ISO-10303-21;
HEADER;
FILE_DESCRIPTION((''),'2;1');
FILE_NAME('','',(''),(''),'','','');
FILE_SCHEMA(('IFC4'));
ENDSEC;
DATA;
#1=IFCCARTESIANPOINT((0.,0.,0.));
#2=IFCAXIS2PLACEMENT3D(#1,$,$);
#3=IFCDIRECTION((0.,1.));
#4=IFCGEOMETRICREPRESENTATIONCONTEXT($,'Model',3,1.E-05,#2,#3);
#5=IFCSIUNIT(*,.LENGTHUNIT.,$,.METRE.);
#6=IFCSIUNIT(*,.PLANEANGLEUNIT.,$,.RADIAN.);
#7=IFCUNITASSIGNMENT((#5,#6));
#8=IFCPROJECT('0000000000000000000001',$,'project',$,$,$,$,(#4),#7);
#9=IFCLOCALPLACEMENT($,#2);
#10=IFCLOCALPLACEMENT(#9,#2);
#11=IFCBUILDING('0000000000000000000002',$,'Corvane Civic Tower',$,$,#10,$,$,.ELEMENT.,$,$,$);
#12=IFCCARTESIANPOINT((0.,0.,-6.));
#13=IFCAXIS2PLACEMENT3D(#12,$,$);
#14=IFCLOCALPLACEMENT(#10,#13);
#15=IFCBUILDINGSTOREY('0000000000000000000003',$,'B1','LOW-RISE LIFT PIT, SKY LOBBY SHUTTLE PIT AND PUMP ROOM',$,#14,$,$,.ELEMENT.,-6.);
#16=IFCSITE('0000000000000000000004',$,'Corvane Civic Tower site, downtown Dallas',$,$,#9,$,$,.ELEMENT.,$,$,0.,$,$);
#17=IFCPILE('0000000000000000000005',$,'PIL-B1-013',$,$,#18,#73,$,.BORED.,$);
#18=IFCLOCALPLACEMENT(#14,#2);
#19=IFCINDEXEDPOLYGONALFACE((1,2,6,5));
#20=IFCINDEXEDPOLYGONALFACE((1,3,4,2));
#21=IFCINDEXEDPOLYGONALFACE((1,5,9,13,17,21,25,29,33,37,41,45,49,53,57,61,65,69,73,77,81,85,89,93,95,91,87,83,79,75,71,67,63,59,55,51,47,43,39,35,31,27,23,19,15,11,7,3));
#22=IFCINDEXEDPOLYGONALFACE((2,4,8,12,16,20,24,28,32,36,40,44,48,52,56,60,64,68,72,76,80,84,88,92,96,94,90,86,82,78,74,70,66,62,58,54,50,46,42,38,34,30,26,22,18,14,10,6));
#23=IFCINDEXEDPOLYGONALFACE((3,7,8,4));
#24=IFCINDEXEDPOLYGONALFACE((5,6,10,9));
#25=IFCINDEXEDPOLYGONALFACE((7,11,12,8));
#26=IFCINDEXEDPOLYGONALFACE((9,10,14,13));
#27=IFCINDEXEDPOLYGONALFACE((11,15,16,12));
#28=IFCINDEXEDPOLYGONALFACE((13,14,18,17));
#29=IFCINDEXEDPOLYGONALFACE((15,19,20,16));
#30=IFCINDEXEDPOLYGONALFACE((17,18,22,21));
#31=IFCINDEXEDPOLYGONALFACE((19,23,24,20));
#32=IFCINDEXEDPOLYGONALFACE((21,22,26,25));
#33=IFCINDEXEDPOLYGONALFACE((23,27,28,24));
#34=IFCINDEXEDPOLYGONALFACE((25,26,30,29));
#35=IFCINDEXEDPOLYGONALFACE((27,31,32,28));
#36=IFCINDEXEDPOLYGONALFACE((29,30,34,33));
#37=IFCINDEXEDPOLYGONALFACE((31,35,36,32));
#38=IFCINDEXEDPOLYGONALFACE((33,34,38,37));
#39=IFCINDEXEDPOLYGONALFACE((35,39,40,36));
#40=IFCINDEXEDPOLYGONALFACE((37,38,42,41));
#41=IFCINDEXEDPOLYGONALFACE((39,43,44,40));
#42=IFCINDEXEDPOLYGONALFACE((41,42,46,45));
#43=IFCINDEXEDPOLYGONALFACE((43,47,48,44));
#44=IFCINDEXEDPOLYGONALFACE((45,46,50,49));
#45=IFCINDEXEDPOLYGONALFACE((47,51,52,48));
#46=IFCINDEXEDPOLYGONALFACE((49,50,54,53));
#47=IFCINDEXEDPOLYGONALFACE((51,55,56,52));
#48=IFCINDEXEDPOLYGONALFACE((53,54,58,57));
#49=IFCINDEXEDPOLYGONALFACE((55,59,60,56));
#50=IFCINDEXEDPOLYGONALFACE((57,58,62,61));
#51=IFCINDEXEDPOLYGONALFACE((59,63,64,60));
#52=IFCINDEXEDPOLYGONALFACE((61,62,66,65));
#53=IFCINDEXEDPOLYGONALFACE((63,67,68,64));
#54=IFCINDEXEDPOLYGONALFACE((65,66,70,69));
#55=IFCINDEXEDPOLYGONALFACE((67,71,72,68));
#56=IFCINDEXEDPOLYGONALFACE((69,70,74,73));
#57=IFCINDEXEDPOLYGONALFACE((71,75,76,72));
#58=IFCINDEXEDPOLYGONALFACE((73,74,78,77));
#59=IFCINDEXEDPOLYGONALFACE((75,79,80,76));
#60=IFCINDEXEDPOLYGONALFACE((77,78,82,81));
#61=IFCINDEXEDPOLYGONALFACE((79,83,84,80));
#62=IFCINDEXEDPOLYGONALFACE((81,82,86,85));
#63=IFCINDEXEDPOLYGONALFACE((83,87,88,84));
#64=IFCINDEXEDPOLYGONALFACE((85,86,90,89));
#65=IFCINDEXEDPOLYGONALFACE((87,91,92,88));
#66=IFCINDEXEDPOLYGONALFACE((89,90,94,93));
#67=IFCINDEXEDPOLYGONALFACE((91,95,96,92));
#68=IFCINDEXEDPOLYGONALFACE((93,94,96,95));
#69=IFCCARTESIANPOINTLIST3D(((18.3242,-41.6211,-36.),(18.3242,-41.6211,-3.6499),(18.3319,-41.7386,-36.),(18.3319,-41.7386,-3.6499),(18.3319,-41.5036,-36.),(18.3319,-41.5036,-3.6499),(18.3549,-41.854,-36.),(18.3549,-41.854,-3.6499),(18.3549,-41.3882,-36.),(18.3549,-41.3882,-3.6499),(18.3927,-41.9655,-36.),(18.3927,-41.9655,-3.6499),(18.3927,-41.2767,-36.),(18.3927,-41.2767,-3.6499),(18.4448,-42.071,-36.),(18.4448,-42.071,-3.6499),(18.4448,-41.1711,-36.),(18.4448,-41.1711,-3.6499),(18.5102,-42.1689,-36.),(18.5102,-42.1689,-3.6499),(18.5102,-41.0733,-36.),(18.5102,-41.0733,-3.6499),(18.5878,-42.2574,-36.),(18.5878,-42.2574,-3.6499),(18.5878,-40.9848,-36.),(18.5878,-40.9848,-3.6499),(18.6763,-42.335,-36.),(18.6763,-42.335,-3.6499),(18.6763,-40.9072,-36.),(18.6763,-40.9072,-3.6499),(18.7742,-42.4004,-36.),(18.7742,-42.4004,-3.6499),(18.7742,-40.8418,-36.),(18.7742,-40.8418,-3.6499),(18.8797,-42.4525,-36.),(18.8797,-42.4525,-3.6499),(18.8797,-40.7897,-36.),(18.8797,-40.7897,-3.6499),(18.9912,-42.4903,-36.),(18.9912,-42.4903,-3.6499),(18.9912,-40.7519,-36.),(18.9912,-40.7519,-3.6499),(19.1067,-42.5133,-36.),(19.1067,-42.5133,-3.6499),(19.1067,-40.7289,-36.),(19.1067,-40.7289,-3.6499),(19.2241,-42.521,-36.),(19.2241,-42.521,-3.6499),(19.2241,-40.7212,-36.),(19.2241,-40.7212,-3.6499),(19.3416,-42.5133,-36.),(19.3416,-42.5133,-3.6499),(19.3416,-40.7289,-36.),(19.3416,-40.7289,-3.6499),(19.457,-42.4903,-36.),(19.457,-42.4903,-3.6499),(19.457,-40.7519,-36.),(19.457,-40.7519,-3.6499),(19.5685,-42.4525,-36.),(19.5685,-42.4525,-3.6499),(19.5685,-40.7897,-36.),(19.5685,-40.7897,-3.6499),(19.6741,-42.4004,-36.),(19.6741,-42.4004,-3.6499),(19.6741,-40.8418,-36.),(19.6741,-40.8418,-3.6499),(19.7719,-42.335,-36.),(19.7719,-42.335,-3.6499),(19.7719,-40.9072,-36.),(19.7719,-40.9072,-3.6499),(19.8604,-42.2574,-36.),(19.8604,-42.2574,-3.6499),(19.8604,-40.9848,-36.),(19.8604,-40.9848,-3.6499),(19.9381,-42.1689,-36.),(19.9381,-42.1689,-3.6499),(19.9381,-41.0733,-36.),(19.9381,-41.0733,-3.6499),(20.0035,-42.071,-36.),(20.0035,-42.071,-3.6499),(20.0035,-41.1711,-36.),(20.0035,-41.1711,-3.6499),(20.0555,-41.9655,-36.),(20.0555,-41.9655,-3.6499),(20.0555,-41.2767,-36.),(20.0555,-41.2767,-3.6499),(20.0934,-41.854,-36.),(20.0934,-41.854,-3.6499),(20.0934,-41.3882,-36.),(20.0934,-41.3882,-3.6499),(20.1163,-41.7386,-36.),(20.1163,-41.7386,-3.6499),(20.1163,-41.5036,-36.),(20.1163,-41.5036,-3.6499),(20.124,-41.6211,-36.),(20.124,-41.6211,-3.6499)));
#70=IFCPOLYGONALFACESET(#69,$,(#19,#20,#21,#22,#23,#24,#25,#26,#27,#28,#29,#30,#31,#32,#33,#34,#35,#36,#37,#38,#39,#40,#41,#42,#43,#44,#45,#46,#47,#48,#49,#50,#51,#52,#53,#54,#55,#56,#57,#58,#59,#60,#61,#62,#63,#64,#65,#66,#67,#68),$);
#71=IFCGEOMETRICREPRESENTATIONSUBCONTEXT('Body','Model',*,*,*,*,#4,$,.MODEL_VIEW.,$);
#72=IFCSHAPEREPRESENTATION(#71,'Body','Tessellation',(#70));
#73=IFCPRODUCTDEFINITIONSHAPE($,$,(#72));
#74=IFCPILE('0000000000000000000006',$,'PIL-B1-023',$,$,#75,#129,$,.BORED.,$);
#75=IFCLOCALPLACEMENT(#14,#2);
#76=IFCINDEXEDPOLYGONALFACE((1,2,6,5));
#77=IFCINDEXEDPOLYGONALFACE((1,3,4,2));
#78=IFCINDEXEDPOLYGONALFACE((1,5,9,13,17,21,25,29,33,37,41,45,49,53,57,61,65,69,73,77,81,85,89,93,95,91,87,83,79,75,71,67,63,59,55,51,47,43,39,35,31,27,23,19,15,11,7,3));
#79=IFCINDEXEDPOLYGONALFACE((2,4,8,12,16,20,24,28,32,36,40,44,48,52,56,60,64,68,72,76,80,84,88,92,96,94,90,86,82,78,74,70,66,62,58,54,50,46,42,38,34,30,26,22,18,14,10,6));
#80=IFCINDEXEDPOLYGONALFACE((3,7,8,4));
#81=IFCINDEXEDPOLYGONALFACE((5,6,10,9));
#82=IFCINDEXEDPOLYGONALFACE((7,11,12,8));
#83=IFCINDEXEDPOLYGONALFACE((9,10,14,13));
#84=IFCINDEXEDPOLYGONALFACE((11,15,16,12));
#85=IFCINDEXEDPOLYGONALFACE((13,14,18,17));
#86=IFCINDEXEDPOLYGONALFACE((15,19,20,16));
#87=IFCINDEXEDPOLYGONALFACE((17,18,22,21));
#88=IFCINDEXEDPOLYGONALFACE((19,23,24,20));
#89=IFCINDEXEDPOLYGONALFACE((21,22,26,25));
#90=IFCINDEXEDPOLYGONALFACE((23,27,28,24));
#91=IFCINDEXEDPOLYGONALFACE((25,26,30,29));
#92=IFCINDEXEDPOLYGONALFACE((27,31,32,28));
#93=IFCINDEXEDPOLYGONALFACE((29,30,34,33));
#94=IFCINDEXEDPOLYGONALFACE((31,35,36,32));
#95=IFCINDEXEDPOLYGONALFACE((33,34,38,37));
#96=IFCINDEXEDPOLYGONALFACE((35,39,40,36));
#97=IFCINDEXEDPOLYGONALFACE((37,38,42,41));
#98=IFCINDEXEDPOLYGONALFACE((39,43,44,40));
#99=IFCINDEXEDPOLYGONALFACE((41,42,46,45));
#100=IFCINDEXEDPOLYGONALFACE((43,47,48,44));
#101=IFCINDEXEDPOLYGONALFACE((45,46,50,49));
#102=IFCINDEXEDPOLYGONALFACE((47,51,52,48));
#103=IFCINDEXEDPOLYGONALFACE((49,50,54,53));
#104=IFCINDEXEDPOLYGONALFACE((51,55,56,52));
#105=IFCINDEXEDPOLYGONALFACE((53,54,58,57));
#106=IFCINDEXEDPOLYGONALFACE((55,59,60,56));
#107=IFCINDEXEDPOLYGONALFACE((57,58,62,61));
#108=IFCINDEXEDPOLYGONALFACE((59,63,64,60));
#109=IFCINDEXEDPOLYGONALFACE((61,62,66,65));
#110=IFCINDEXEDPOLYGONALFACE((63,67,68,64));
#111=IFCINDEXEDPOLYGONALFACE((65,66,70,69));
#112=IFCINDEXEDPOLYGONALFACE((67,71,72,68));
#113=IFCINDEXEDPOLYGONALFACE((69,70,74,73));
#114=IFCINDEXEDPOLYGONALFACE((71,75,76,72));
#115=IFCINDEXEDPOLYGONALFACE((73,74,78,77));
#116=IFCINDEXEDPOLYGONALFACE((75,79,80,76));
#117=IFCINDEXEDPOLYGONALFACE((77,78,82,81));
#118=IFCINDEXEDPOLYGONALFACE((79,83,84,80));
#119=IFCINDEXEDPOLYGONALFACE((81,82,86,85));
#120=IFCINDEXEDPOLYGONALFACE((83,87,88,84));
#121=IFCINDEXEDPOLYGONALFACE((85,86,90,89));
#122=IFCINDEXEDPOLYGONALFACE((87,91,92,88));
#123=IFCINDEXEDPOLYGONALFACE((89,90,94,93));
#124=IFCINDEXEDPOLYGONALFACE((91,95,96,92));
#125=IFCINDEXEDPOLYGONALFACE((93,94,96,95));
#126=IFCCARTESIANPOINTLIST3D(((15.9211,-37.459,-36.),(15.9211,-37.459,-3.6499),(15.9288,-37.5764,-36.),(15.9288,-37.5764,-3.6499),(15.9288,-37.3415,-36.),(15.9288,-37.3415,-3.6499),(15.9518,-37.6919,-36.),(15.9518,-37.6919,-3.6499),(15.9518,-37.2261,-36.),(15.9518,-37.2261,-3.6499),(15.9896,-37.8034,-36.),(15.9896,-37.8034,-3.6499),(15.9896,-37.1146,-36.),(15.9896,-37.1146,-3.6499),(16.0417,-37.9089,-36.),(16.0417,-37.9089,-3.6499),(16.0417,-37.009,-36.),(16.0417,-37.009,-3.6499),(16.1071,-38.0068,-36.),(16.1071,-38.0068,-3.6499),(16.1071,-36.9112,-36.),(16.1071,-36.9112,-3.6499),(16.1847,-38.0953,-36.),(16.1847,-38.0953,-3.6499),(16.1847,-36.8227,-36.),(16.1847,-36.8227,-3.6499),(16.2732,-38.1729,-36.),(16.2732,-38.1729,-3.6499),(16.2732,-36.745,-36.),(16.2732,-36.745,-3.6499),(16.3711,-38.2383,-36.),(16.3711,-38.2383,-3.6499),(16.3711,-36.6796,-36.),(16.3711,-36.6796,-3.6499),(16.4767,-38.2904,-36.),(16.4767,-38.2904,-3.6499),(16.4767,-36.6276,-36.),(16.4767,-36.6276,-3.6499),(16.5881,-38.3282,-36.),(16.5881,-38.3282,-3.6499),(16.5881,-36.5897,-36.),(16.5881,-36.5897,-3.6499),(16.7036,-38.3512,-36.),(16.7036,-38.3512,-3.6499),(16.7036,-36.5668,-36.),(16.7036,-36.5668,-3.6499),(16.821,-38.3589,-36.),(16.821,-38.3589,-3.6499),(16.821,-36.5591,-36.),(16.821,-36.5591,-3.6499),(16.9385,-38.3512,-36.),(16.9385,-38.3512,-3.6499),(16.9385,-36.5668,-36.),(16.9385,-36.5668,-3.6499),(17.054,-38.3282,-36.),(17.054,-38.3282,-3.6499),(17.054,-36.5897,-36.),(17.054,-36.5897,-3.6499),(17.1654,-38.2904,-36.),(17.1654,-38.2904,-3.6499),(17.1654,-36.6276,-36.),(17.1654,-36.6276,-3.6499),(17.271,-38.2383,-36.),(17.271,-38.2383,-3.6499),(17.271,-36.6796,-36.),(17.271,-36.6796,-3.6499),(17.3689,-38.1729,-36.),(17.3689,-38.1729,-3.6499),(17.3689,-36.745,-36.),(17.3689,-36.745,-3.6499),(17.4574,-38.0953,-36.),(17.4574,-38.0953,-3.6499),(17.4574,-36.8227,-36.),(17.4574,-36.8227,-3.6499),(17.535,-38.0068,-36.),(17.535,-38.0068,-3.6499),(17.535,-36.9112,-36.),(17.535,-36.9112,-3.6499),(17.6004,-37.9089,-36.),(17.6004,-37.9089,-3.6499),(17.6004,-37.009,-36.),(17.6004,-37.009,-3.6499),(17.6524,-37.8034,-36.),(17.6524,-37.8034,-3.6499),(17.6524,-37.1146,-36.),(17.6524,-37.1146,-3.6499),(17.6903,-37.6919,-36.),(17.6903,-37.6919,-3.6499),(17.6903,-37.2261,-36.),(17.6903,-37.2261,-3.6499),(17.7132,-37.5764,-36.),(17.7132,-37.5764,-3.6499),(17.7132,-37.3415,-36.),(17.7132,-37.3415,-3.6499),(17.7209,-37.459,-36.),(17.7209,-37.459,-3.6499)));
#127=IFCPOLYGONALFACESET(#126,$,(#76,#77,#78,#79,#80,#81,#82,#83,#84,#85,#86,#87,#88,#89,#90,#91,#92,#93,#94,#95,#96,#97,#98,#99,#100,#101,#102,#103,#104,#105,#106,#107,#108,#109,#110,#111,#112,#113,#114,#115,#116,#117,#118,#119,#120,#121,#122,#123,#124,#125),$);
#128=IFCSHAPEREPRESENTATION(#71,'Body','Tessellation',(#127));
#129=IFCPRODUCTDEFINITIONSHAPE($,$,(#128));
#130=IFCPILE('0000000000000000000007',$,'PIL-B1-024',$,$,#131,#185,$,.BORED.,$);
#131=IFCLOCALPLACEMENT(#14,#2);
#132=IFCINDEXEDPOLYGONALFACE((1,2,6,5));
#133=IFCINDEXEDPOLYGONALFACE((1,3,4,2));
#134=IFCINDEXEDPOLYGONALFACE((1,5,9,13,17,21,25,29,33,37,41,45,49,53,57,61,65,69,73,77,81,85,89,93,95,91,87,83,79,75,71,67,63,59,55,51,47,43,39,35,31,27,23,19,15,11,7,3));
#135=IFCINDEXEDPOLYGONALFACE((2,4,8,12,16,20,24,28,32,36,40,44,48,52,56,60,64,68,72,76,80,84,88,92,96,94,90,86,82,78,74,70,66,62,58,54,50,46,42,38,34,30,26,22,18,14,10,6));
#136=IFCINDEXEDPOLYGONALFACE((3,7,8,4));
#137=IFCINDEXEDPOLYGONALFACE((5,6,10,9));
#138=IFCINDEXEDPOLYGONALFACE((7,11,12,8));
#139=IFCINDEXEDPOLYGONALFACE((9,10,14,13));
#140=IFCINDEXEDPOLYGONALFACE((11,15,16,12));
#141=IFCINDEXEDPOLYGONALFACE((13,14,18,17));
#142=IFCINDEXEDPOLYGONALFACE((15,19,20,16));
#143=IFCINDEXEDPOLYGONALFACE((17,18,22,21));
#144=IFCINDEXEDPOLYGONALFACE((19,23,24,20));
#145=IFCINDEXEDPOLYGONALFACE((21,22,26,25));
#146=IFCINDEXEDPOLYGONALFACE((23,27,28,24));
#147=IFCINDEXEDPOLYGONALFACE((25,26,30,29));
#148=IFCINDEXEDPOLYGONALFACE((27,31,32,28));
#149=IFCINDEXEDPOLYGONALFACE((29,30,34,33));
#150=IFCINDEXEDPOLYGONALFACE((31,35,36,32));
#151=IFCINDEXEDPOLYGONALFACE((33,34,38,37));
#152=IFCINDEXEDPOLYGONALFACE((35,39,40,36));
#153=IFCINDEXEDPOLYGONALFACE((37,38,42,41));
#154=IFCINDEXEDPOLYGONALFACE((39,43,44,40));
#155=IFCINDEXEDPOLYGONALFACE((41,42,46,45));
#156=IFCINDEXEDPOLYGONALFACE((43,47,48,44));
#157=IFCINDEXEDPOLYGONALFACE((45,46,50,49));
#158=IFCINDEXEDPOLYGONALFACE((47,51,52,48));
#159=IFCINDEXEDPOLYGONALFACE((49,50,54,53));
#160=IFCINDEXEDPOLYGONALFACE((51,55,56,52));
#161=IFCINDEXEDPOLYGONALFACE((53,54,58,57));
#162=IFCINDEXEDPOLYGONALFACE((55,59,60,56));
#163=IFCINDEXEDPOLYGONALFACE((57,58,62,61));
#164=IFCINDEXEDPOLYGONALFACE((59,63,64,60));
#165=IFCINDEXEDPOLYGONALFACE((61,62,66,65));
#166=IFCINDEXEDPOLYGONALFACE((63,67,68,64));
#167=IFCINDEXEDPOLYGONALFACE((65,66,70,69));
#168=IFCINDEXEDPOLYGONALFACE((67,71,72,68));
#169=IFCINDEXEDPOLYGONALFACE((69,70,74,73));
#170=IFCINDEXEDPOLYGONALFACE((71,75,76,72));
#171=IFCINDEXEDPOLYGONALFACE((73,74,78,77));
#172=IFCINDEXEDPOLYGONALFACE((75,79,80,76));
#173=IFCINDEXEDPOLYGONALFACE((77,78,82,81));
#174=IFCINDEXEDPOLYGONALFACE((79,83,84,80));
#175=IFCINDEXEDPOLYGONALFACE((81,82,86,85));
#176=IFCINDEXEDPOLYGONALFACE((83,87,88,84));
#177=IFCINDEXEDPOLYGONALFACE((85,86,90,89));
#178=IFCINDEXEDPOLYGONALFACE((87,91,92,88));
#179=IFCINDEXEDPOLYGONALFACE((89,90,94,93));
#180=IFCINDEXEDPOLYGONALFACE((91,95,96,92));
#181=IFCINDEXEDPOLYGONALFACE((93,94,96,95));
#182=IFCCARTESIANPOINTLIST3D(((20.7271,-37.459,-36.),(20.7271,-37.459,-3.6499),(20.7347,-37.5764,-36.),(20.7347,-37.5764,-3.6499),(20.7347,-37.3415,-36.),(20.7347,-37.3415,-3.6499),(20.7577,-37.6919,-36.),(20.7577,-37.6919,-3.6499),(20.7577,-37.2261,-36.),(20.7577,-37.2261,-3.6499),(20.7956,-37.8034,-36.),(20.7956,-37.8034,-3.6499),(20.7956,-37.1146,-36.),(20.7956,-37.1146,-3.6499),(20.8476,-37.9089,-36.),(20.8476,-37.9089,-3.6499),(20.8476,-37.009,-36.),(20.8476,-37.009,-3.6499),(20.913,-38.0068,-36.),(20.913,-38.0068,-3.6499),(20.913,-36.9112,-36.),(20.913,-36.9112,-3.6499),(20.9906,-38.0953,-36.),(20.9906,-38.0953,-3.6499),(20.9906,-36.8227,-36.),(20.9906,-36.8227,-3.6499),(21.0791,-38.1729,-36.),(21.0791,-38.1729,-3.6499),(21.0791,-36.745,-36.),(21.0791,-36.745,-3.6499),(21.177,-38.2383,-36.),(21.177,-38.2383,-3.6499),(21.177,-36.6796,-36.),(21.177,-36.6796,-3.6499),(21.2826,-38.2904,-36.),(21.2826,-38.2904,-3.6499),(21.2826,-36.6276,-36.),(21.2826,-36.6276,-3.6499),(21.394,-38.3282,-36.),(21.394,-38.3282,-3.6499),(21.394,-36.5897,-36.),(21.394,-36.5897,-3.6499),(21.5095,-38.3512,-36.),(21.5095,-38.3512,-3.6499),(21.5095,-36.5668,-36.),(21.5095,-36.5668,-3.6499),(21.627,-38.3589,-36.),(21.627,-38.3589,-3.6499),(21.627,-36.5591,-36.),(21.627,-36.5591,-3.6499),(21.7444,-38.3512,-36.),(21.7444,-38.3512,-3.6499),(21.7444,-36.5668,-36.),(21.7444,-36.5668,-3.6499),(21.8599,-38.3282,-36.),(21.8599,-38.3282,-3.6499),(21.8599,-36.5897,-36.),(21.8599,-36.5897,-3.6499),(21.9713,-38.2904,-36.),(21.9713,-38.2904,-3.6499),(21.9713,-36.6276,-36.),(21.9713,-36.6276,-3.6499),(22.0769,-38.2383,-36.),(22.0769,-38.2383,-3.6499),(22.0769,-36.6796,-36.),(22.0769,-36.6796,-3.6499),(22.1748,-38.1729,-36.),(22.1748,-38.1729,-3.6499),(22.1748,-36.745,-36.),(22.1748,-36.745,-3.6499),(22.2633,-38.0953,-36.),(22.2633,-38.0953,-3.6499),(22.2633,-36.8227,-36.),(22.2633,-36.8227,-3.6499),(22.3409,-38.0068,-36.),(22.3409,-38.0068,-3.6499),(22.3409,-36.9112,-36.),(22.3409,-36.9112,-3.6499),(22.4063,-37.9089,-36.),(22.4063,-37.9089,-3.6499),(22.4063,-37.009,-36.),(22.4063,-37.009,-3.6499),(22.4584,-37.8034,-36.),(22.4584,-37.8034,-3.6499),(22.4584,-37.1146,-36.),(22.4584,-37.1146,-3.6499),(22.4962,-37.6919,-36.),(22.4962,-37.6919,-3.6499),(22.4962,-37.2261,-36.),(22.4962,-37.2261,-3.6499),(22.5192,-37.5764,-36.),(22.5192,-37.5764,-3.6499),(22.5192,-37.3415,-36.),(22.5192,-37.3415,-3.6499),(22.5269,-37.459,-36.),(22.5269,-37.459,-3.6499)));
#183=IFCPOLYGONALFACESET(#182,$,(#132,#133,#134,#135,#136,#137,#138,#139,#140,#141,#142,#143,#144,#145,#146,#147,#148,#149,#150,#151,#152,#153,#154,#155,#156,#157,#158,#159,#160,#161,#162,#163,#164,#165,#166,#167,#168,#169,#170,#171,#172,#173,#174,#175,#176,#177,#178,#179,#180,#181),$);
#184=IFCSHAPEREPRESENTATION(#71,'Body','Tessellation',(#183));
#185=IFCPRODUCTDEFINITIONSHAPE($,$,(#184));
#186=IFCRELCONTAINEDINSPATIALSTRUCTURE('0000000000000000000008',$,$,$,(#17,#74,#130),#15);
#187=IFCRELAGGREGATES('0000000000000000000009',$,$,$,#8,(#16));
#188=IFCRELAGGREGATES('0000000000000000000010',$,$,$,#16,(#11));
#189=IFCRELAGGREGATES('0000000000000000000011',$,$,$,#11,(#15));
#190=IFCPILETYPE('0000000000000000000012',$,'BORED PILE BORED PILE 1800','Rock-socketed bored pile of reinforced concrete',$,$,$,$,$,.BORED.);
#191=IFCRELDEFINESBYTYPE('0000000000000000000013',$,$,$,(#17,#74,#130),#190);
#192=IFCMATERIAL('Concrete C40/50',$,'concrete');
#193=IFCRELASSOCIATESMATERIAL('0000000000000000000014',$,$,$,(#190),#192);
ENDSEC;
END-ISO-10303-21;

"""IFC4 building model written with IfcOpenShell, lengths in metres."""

from ifc_helpers import new_model, si_unit, direction, frame, origin, origin_2d, place, context, subcontext, project, spatial, circle, extrude, material, material_profile, profile_set, type_object, element, save


model = new_model("IFC4")

# Units and contexts
model_context = context("Model", 3, precision=1e-05, world=origin(), true_north=direction((0.0, 1.0)))
body_context = subcontext(model_context, "Body", "Model", "MODEL_VIEW")
ifc_project = project(units=[si_unit("LENGTHUNIT", "METRE"), si_unit("PLANEANGLEUNIT", "RADIAN")], contexts=[model_context])

# Site, building, storey
site_placement = place(None, origin())
site = spatial("IfcSite", under=ifc_project, at=site_placement, Name="Corvane Civic Tower site, downtown Dallas", CompositionType="ELEMENT", RefElevation=0.0)
building_placement = place(site_placement, origin())
building = spatial("IfcBuilding", under=site, at=building_placement, Name="Corvane Civic Tower", CompositionType="ELEMENT")
storey_placement = place(building_placement, frame((0.0, 0.0, -6.0)))
storey = spatial("IfcBuildingStorey", under=building, at=storey_placement, Name="B1", Description="LOW-RISE LIFT PIT, SKY LOBBY SHUTTLE PIT AND PUMP ROOM", CompositionType="ELEMENT", Elevation=-6.0)

# Piles
ifc_material_1 = material(Name="Concrete C40/50", Category="concrete")
ifc_material_profile_1 = material_profile(ifc_material_1, circle(Radius=0.8999, at=origin_2d()), Name="BORED PILE 1800")
ifc_profile_set_1 = profile_set([ifc_material_profile_1], Name="Concrete C40/50")
pile_type_1 = type_object("IfcPileType", Name="BORED PILE BORED PILE 1800", Description="Rock-socketed bored pile of reinforced concrete", PredefinedType="BORED", material=ifc_profile_set_1)
for number, where, z_axis, x_axis, name in (
    (1, (19.2241, -41.6211, -3.6499), (0.0, 0.0, -1.0), (1.0, 0.0, 0.0), "PIL-B1-013"),
    (2, (16.821, -37.459, -3.6499), (0.0, 0.0, -1.0), (1.0, 0.0, 0.0), "PIL-B1-023"),
    (3, (21.627, -37.459, -3.6499), (0.0, 0.0, -1.0), (1.0, 0.0, 0.0), "PIL-B1-024"),
):
    element("IfcPile", number, at=place(storey_placement, frame(where, z_axis=z_axis, x_axis=x_axis)), inside=storey, type_object=pile_type_1, Name=name, PredefinedType="BORED", context=body_context, shape_type="SweptSolid", body=[
        extrude(circle(Radius=0.8999, at=origin_2d()), origin(), (0.0, 0.0, 1.0), 32.3501),
    ])

save(model, "model.ifc")
